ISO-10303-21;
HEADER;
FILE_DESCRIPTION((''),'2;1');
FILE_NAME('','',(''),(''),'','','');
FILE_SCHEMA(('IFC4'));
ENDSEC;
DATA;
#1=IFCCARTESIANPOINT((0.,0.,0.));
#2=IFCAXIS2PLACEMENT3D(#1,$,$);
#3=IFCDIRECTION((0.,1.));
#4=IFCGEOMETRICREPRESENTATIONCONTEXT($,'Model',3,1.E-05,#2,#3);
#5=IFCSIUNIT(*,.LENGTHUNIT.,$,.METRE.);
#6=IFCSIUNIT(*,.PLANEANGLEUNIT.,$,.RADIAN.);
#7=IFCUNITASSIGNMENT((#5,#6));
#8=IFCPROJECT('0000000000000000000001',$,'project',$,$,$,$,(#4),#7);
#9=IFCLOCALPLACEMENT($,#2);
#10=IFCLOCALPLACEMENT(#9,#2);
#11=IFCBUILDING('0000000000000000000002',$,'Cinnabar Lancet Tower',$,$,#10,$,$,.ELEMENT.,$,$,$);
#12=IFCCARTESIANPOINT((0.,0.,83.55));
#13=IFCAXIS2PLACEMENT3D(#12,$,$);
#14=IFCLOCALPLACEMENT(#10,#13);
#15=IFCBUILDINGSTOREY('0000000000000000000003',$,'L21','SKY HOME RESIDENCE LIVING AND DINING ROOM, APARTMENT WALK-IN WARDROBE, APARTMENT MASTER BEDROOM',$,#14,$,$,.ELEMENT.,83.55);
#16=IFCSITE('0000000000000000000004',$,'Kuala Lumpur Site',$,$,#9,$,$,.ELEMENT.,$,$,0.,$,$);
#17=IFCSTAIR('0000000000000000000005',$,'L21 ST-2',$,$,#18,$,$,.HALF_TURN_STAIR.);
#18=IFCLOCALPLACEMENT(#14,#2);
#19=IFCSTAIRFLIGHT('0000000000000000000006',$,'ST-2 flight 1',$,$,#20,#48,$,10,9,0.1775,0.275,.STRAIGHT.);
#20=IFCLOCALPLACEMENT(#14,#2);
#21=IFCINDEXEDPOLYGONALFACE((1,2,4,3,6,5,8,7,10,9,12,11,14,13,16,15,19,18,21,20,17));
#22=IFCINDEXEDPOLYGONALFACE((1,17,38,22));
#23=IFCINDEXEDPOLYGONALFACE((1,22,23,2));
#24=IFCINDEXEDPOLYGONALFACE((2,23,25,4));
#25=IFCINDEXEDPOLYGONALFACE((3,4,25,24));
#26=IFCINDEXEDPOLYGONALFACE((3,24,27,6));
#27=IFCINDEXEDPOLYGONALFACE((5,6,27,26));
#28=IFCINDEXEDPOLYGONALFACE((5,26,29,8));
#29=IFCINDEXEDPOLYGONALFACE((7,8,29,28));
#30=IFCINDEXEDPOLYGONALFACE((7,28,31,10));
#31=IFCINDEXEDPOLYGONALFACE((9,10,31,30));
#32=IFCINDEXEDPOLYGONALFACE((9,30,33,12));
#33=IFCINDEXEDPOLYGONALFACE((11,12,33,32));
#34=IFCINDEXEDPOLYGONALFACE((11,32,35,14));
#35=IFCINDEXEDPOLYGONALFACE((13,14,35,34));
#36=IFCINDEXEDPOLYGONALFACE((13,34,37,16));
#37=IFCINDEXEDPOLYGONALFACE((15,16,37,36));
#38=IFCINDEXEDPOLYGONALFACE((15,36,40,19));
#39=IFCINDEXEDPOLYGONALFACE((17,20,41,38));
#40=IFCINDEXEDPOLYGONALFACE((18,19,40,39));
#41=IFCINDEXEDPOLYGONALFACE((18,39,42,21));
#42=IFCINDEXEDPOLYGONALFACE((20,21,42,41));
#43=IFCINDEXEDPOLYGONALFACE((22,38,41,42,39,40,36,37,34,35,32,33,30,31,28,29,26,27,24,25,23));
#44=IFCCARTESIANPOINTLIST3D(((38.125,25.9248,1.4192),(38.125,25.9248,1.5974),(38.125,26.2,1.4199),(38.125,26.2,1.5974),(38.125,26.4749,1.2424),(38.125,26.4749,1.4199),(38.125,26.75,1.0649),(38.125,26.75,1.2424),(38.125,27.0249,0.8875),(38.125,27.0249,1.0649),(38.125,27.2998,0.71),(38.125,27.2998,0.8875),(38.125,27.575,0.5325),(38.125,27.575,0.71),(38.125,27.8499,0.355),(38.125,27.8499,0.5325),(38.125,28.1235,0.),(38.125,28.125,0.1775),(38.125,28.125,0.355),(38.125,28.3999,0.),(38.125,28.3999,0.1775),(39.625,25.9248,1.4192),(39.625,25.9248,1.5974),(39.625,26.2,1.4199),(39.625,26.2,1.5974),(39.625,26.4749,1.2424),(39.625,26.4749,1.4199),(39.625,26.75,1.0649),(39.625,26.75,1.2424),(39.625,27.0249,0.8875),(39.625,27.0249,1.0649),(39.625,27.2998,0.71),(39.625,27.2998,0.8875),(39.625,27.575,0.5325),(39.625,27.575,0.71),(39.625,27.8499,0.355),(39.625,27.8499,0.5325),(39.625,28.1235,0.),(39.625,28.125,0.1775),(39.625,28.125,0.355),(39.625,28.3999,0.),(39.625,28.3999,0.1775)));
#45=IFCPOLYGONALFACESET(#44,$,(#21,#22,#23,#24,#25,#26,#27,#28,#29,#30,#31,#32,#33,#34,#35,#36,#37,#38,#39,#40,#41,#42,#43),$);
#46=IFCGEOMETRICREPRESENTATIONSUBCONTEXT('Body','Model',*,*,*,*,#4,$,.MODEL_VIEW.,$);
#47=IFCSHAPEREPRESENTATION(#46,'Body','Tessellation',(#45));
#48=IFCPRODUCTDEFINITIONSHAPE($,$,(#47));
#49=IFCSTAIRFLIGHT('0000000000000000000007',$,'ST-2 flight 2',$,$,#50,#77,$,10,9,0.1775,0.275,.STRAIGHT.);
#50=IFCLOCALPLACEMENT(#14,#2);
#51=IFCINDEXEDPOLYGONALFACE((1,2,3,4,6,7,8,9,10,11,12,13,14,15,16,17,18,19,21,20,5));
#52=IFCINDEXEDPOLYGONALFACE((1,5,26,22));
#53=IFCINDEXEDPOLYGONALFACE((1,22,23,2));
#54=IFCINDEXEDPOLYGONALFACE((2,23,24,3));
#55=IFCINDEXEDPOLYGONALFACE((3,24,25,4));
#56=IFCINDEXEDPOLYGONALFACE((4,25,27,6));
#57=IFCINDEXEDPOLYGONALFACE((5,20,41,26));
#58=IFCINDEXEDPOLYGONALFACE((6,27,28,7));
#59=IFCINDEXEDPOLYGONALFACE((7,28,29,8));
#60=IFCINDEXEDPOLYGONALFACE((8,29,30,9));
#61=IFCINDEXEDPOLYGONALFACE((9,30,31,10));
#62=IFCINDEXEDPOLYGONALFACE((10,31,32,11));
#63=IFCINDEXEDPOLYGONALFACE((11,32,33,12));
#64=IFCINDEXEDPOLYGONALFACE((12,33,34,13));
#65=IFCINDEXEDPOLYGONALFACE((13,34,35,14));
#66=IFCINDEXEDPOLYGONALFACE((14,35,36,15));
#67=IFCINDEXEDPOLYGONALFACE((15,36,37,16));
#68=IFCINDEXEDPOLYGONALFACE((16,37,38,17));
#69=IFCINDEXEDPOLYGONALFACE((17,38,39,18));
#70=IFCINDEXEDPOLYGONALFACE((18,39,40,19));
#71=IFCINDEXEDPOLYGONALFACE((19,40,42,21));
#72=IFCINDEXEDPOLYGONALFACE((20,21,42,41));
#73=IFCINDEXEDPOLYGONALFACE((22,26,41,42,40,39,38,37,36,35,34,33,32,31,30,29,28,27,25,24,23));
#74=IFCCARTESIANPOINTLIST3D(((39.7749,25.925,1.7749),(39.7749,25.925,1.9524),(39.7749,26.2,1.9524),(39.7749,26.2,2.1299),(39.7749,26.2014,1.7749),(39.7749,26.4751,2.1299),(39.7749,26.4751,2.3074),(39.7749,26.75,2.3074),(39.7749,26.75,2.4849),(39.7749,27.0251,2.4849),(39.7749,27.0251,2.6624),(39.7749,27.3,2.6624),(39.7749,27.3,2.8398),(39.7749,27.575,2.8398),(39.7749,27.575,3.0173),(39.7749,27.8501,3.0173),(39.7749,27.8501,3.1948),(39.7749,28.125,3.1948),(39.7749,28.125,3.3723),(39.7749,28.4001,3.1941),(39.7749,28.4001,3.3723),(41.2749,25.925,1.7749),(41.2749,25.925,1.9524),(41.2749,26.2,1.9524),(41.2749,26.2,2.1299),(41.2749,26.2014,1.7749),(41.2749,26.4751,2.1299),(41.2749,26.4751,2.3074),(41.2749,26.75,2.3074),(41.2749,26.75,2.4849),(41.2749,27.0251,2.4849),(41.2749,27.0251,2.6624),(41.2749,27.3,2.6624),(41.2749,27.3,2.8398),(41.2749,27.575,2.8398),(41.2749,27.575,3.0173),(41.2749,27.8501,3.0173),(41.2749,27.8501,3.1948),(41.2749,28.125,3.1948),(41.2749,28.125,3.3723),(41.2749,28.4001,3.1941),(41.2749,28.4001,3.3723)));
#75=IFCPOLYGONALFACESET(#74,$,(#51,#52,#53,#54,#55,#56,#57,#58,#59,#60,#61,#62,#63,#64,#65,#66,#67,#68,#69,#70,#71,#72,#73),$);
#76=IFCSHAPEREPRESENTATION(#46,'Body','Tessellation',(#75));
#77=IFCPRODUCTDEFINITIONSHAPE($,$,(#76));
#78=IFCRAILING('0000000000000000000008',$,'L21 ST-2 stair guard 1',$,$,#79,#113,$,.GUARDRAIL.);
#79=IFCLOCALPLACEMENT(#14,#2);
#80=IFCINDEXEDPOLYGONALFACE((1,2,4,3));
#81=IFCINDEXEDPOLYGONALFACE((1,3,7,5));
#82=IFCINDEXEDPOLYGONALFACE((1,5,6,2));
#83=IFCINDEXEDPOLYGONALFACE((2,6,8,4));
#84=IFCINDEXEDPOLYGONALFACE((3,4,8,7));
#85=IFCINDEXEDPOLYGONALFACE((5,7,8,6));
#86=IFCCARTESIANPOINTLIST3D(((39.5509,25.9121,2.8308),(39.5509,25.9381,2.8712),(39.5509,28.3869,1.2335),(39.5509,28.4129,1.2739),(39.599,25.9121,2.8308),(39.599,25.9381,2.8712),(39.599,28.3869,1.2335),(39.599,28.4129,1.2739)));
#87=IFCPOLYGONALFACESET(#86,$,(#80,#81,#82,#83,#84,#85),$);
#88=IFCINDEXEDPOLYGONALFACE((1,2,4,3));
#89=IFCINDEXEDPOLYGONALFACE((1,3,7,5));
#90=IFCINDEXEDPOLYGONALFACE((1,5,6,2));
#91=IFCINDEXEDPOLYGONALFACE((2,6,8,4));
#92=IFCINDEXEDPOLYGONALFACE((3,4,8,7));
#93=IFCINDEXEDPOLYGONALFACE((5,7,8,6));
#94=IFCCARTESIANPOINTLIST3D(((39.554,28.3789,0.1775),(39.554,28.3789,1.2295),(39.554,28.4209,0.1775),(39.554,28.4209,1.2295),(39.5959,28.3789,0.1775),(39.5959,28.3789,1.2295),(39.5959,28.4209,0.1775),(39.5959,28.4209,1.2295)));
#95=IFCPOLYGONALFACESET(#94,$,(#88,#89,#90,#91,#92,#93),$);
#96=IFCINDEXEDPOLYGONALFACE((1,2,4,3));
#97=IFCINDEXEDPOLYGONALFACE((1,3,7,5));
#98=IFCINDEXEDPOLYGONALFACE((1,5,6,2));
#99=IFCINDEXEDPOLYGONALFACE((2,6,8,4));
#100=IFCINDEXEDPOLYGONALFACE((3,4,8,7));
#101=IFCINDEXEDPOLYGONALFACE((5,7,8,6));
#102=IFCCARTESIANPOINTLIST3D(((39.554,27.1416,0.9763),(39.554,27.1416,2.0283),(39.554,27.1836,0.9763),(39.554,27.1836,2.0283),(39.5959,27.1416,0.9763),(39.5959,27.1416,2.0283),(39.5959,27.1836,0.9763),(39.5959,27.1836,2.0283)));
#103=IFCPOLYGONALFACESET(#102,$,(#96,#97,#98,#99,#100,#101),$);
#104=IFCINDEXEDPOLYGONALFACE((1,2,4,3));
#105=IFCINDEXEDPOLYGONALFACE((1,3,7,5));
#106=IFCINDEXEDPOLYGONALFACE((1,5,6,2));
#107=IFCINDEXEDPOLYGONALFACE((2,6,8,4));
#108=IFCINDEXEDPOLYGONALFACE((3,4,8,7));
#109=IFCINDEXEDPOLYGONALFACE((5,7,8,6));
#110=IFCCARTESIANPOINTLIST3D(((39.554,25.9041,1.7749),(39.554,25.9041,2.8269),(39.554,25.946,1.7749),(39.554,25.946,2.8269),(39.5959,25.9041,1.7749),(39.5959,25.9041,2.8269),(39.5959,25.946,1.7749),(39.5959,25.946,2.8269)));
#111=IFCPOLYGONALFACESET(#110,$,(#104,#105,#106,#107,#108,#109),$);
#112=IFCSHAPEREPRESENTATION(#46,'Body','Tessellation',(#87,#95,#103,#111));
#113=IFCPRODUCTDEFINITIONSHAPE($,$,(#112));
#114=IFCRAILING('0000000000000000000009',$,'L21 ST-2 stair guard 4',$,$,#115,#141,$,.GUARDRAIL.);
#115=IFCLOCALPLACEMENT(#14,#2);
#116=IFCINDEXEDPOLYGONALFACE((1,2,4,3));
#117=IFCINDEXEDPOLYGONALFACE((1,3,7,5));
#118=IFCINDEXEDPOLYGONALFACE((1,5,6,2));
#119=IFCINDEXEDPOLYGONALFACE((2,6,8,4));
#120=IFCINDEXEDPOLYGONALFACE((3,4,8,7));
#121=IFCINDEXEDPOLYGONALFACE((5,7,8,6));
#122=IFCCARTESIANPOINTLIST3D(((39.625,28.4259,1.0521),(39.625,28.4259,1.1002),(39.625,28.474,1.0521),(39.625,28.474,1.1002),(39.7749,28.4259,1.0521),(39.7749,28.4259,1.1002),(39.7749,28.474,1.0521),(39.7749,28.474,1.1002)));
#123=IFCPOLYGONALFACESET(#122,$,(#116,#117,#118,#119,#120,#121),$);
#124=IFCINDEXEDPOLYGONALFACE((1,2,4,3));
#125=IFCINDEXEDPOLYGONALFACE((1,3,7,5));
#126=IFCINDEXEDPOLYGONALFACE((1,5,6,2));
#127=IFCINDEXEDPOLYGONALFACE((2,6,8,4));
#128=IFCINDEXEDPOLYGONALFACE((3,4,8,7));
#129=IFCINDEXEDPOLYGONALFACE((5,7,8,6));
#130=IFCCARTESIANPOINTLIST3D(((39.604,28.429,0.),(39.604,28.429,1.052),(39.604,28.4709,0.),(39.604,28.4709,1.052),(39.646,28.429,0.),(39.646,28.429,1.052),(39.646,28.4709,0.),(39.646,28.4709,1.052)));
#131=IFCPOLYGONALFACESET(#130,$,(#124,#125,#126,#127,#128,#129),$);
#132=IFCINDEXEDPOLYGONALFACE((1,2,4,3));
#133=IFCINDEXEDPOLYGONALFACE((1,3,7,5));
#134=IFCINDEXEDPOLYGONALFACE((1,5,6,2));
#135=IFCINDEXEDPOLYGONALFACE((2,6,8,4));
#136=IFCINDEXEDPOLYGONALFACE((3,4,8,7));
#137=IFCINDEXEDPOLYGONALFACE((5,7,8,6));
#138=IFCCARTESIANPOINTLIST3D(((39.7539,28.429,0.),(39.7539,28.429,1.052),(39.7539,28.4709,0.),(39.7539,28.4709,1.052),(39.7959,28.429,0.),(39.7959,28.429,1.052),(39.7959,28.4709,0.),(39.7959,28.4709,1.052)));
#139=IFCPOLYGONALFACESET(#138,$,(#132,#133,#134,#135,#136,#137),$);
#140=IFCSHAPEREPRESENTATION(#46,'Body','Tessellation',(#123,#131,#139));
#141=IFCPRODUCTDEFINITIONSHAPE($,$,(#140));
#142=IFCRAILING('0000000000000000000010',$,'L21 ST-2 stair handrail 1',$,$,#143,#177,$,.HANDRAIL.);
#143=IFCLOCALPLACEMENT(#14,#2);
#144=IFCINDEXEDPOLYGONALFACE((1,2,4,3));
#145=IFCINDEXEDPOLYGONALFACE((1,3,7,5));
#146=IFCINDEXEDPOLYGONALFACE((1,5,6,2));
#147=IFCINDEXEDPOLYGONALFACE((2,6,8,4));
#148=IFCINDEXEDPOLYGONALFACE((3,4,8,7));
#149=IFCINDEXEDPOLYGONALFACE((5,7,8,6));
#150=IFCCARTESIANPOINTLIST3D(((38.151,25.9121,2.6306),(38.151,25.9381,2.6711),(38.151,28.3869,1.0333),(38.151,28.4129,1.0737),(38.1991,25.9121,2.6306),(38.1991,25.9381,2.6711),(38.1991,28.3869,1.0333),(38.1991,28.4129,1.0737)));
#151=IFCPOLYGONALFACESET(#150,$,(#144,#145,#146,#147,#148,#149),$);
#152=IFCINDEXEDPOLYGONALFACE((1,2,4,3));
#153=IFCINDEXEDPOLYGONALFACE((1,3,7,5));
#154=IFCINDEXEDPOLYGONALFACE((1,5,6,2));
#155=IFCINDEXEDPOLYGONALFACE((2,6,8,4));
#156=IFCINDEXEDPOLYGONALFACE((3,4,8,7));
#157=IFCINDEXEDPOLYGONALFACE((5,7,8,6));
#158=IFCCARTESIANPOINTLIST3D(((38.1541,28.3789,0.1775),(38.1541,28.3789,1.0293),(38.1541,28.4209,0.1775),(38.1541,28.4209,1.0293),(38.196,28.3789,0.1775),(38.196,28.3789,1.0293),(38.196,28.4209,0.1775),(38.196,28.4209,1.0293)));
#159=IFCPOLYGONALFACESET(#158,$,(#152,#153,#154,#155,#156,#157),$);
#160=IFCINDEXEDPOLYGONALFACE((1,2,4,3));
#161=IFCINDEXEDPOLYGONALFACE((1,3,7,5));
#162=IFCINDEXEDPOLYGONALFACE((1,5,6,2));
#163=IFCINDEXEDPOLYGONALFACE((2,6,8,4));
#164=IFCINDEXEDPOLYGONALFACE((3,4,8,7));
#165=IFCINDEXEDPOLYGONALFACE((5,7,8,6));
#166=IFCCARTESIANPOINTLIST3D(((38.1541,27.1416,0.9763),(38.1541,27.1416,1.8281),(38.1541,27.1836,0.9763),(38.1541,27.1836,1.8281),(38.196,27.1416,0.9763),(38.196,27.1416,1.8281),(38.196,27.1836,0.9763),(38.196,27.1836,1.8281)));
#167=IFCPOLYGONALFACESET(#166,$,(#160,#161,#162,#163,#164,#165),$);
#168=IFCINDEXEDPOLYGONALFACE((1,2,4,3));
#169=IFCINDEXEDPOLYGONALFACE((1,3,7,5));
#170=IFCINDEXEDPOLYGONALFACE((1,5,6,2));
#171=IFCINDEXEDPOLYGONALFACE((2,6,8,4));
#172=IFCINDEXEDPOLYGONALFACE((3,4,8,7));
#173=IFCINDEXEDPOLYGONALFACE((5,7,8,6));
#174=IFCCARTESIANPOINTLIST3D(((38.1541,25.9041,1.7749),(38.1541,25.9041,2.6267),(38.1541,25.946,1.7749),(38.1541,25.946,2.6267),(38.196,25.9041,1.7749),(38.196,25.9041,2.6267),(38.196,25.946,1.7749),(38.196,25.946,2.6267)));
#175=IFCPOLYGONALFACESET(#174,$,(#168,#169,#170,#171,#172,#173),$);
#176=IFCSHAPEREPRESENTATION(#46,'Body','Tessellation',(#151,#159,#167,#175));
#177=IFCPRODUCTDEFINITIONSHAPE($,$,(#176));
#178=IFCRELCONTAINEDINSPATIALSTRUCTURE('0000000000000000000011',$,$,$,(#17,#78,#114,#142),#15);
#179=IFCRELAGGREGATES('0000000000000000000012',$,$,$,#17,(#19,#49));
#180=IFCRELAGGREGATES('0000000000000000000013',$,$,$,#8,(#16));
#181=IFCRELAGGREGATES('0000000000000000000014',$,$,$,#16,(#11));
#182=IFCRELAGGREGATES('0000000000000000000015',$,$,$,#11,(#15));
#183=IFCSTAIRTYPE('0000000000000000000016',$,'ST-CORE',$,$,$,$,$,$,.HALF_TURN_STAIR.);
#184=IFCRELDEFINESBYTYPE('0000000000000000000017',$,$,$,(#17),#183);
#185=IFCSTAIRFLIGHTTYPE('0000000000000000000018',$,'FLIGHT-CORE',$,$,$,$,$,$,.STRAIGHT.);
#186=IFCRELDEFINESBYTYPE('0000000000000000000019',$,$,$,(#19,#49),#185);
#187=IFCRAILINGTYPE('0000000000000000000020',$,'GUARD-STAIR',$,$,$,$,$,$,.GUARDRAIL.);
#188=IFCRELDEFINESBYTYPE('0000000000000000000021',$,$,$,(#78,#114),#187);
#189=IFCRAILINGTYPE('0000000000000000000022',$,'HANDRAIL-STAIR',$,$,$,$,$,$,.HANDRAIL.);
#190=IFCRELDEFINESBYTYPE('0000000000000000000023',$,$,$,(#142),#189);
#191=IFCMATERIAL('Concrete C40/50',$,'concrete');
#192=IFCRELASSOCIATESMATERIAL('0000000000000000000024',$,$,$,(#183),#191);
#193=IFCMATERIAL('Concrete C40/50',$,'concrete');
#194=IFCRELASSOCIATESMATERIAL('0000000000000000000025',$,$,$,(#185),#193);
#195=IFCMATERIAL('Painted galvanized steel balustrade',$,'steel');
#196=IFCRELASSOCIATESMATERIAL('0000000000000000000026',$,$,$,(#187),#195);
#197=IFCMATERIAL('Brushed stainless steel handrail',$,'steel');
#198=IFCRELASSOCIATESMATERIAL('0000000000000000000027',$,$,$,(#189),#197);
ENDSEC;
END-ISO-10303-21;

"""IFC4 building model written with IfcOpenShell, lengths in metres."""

from ifc_helpers import new_model, si_unit, direction, frame, origin, origin_2d, place, context, subcontext, project, spatial, polyline, rectangle, outline, extrude, material, type_object, element, aggregate, save


model = new_model("IFC4")

# Units and contexts
model_context = context("Model", 3, precision=1e-05, world=origin(), true_north=direction((0.0, 1.0)))
body_context = subcontext(model_context, "Body", "Model", "MODEL_VIEW")
ifc_project = project(units=[si_unit("LENGTHUNIT", "METRE"), si_unit("PLANEANGLEUNIT", "RADIAN")], contexts=[model_context])

# Site, building, storey
site_placement = place(None, origin())
site = spatial("IfcSite", under=ifc_project, at=site_placement, Name="Kuala Lumpur Site", CompositionType="ELEMENT", RefElevation=0.0)
building_placement = place(site_placement, origin())
building = spatial("IfcBuilding", under=site, at=building_placement, Name="Cinnabar Lancet Tower", CompositionType="ELEMENT")
storey_placement = place(building_placement, frame((0.0, 0.0, 83.55)))
storey = spatial("IfcBuildingStorey", under=building, at=storey_placement, Name="L21", Description="SKY HOME RESIDENCE LIVING AND DINING ROOM, APARTMENT WALK-IN WARDROBE, APARTMENT MASTER BEDROOM", CompositionType="ELEMENT", Elevation=83.55)

# Stair, stair flights
ifc_material_1 = material(Name="Concrete C40/50", Category="concrete")
stair_type = type_object("IfcStairType", Name="ST-CORE", PredefinedType="HALF_TURN_STAIR", material=ifc_material_1)
stair_placement = place(storey_placement, origin())
stair = element("IfcStair", 1, at=stair_placement, inside=storey, type_object=stair_type, Name="L21 ST-2", PredefinedType="HALF_TURN_STAIR")
ifc_material_2 = material(Name="Concrete C40/50", Category="concrete")
stair_flight_type = type_object("IfcStairFlightType", Name="FLIGHT-CORE", PredefinedType="STRAIGHT", material=ifc_material_2)
stair_flight_1_placement = place(storey_placement, frame((38.875, 28.3999, 0.0), z_axis=(0.0, 0.0, 1.0), x_axis=(0.0, -1.0, 0.0)))
stair_flight_1 = element("IfcStairFlight", 2, at=stair_flight_1_placement, type_object=stair_flight_type, Name="ST-2 flight 1", NumberOfRisers=10, NumberOfTreads=9, PredefinedType="STRAIGHT", RiserHeight=0.1775, TreadLength=0.275, context=body_context, shape_type="SweptSolid", body=[
    extrude(outline(polyline([(0.0, 0.0), (0.0, 0.1775), (0.2749, 0.1775), (0.2749, 0.355), (0.55, 0.355), (0.55, 0.5325), (0.825, 0.5325), (0.825, 0.71), (1.1001, 0.71), (1.1001, 0.8875), (1.375, 0.8875), (1.375, 1.0649), (1.6499, 1.0649), (1.6499, 1.2424), (1.925, 1.2424), (1.925, 1.4199), (2.2, 1.4199), (2.2, 1.5974), (2.4751, 1.5974), (2.4751, 1.7749), (2.4751, 1.4192), (0.2764, 0.0), (0.0, 0.0)])), frame((0.0, 0.75, 0.0), z_axis=(0.0, -1.0, 0.0), x_axis=(1.0, 0.0, 0.0)), (0.0, 0.0, 1.0), 1.5),
])
stair_flight_2_placement = place(storey_placement, frame((40.5249, 25.925, 1.7749), z_axis=(0.0, 0.0, 1.0), x_axis=(0.0, 1.0, 0.0)))
stair_flight_2 = element("IfcStairFlight", 3, at=stair_flight_2_placement, type_object=stair_flight_type, Name="ST-2 flight 2", NumberOfRisers=10, NumberOfTreads=9, PredefinedType="STRAIGHT", RiserHeight=0.1775, TreadLength=0.275, context=body_context, shape_type="SweptSolid", body=[
    extrude(outline(polyline([(0.0, 0.0), (0.0, 0.1775), (0.2749, 0.1775), (0.2749, 0.355), (0.55, 0.355), (0.55, 0.5325), (0.825, 0.5325), (0.825, 0.71), (1.1001, 0.71), (1.1001, 0.8875), (1.375, 0.8875), (1.375, 1.0649), (1.6499, 1.0649), (1.6499, 1.2424), (1.925, 1.2424), (1.925, 1.4199), (2.2, 1.4199), (2.2, 1.5974), (2.4751, 1.5974), (2.4751, 1.7749), (2.4751, 1.4192), (0.2764, 0.0), (0.0, 0.0)])), frame((0.0, 0.75, 0.0), z_axis=(0.0, -1.0, 0.0), x_axis=(1.0, 0.0, 0.0)), (0.0, 0.0, 1.0), 1.5),
])
aggregate(stair, [stair_flight_1, stair_flight_2])

# Railings
ifc_material_3 = material(Name="Painted galvanized steel balustrade", Category="steel")
railing_type_1 = type_object("IfcRailingType", Name="GUARD-STAIR", PredefinedType="GUARDRAIL", material=ifc_material_3)
railing_1_placement = place(storey_placement, frame((39.575, 28.3999, 0.1775)))
element("IfcRailing", 4, at=railing_1_placement, inside=storey, type_object=railing_type_1, Name="L21 ST-2 stair guard 1", PredefinedType="GUARDRAIL", context=body_context, shape_type="SweptSolid", body=[
    extrude(rectangle(XDim=0.0481, YDim=0.0481, at=origin_2d()), frame((0.0, 0.0, 1.0762), z_axis=(0.0, -0.840183, 0.542302), x_axis=(1.0, 0.0, 0.0)), (0.0, 0.0, 1.0), 2.9456),
    extrude(rectangle(XDim=0.042, YDim=0.042, at=origin_2d()), origin(), (0.0, 0.0, 1.0), 1.052),
    extrude(rectangle(XDim=0.042, YDim=0.042, at=origin_2d()), frame((0.0, -1.2373, 0.7988)), (0.0, 0.0, 1.0), 1.052),
    extrude(rectangle(XDim=0.042, YDim=0.042, at=origin_2d()), frame((0.0, -2.4749, 1.5974)), (0.0, 0.0, 1.0), 1.052),
])
railing_2_placement = place(storey_placement, frame((39.625, 28.45, 0.0)))
element("IfcRailing", 5, at=railing_2_placement, inside=storey, type_object=railing_type_1, Name="L21 ST-2 stair guard 4", PredefinedType="GUARDRAIL", context=body_context, shape_type="SweptSolid", body=[
    extrude(rectangle(XDim=0.0481, YDim=0.0481, at=origin_2d()), frame((0.0, 0.0, 1.0762), z_axis=(1.0, 0.0, 0.0), x_axis=(0.0, 1.0, 0.0)), (0.0, 0.0, 1.0), 0.1499),
    extrude(rectangle(XDim=0.042, YDim=0.042, at=origin_2d()), origin(), (0.0, 0.0, 1.0), 1.052),
    extrude(rectangle(XDim=0.042, YDim=0.042, at=origin_2d()), frame((0.1499, 0.0, 0.0)), (0.0, 0.0, 1.0), 1.052),
])
ifc_material_4 = material(Name="Brushed stainless steel handrail", Category="steel")
railing_type_2 = type_object("IfcRailingType", Name="HANDRAIL-STAIR", PredefinedType="HANDRAIL", material=ifc_material_4)
railing_3_placement = place(storey_placement, frame((38.175, 28.3999, 0.1775)))
element("IfcRailing", 6, at=railing_3_placement, inside=storey, type_object=railing_type_2, Name="L21 ST-2 stair handrail 1", PredefinedType="HANDRAIL", context=body_context, shape_type="SweptSolid", body=[
    extrude(rectangle(XDim=0.0481, YDim=0.0481, at=origin_2d()), frame((0.0, 0.0, 0.876), z_axis=(0.0, -0.840183, 0.542302), x_axis=(1.0, 0.0, 0.0)), (0.0, 0.0, 1.0), 2.9456),
    extrude(rectangle(XDim=0.042, YDim=0.042, at=origin_2d()), origin(), (0.0, 0.0, 1.0), 0.8518),
    extrude(rectangle(XDim=0.042, YDim=0.042, at=origin_2d()), frame((0.0, -1.2373, 0.7988)), (0.0, 0.0, 1.0), 0.8518),
    extrude(rectangle(XDim=0.042, YDim=0.042, at=origin_2d()), frame((0.0, -2.4749, 1.5974)), (0.0, 0.0, 1.0), 0.8518),
])

save(model, "model.ifc")
